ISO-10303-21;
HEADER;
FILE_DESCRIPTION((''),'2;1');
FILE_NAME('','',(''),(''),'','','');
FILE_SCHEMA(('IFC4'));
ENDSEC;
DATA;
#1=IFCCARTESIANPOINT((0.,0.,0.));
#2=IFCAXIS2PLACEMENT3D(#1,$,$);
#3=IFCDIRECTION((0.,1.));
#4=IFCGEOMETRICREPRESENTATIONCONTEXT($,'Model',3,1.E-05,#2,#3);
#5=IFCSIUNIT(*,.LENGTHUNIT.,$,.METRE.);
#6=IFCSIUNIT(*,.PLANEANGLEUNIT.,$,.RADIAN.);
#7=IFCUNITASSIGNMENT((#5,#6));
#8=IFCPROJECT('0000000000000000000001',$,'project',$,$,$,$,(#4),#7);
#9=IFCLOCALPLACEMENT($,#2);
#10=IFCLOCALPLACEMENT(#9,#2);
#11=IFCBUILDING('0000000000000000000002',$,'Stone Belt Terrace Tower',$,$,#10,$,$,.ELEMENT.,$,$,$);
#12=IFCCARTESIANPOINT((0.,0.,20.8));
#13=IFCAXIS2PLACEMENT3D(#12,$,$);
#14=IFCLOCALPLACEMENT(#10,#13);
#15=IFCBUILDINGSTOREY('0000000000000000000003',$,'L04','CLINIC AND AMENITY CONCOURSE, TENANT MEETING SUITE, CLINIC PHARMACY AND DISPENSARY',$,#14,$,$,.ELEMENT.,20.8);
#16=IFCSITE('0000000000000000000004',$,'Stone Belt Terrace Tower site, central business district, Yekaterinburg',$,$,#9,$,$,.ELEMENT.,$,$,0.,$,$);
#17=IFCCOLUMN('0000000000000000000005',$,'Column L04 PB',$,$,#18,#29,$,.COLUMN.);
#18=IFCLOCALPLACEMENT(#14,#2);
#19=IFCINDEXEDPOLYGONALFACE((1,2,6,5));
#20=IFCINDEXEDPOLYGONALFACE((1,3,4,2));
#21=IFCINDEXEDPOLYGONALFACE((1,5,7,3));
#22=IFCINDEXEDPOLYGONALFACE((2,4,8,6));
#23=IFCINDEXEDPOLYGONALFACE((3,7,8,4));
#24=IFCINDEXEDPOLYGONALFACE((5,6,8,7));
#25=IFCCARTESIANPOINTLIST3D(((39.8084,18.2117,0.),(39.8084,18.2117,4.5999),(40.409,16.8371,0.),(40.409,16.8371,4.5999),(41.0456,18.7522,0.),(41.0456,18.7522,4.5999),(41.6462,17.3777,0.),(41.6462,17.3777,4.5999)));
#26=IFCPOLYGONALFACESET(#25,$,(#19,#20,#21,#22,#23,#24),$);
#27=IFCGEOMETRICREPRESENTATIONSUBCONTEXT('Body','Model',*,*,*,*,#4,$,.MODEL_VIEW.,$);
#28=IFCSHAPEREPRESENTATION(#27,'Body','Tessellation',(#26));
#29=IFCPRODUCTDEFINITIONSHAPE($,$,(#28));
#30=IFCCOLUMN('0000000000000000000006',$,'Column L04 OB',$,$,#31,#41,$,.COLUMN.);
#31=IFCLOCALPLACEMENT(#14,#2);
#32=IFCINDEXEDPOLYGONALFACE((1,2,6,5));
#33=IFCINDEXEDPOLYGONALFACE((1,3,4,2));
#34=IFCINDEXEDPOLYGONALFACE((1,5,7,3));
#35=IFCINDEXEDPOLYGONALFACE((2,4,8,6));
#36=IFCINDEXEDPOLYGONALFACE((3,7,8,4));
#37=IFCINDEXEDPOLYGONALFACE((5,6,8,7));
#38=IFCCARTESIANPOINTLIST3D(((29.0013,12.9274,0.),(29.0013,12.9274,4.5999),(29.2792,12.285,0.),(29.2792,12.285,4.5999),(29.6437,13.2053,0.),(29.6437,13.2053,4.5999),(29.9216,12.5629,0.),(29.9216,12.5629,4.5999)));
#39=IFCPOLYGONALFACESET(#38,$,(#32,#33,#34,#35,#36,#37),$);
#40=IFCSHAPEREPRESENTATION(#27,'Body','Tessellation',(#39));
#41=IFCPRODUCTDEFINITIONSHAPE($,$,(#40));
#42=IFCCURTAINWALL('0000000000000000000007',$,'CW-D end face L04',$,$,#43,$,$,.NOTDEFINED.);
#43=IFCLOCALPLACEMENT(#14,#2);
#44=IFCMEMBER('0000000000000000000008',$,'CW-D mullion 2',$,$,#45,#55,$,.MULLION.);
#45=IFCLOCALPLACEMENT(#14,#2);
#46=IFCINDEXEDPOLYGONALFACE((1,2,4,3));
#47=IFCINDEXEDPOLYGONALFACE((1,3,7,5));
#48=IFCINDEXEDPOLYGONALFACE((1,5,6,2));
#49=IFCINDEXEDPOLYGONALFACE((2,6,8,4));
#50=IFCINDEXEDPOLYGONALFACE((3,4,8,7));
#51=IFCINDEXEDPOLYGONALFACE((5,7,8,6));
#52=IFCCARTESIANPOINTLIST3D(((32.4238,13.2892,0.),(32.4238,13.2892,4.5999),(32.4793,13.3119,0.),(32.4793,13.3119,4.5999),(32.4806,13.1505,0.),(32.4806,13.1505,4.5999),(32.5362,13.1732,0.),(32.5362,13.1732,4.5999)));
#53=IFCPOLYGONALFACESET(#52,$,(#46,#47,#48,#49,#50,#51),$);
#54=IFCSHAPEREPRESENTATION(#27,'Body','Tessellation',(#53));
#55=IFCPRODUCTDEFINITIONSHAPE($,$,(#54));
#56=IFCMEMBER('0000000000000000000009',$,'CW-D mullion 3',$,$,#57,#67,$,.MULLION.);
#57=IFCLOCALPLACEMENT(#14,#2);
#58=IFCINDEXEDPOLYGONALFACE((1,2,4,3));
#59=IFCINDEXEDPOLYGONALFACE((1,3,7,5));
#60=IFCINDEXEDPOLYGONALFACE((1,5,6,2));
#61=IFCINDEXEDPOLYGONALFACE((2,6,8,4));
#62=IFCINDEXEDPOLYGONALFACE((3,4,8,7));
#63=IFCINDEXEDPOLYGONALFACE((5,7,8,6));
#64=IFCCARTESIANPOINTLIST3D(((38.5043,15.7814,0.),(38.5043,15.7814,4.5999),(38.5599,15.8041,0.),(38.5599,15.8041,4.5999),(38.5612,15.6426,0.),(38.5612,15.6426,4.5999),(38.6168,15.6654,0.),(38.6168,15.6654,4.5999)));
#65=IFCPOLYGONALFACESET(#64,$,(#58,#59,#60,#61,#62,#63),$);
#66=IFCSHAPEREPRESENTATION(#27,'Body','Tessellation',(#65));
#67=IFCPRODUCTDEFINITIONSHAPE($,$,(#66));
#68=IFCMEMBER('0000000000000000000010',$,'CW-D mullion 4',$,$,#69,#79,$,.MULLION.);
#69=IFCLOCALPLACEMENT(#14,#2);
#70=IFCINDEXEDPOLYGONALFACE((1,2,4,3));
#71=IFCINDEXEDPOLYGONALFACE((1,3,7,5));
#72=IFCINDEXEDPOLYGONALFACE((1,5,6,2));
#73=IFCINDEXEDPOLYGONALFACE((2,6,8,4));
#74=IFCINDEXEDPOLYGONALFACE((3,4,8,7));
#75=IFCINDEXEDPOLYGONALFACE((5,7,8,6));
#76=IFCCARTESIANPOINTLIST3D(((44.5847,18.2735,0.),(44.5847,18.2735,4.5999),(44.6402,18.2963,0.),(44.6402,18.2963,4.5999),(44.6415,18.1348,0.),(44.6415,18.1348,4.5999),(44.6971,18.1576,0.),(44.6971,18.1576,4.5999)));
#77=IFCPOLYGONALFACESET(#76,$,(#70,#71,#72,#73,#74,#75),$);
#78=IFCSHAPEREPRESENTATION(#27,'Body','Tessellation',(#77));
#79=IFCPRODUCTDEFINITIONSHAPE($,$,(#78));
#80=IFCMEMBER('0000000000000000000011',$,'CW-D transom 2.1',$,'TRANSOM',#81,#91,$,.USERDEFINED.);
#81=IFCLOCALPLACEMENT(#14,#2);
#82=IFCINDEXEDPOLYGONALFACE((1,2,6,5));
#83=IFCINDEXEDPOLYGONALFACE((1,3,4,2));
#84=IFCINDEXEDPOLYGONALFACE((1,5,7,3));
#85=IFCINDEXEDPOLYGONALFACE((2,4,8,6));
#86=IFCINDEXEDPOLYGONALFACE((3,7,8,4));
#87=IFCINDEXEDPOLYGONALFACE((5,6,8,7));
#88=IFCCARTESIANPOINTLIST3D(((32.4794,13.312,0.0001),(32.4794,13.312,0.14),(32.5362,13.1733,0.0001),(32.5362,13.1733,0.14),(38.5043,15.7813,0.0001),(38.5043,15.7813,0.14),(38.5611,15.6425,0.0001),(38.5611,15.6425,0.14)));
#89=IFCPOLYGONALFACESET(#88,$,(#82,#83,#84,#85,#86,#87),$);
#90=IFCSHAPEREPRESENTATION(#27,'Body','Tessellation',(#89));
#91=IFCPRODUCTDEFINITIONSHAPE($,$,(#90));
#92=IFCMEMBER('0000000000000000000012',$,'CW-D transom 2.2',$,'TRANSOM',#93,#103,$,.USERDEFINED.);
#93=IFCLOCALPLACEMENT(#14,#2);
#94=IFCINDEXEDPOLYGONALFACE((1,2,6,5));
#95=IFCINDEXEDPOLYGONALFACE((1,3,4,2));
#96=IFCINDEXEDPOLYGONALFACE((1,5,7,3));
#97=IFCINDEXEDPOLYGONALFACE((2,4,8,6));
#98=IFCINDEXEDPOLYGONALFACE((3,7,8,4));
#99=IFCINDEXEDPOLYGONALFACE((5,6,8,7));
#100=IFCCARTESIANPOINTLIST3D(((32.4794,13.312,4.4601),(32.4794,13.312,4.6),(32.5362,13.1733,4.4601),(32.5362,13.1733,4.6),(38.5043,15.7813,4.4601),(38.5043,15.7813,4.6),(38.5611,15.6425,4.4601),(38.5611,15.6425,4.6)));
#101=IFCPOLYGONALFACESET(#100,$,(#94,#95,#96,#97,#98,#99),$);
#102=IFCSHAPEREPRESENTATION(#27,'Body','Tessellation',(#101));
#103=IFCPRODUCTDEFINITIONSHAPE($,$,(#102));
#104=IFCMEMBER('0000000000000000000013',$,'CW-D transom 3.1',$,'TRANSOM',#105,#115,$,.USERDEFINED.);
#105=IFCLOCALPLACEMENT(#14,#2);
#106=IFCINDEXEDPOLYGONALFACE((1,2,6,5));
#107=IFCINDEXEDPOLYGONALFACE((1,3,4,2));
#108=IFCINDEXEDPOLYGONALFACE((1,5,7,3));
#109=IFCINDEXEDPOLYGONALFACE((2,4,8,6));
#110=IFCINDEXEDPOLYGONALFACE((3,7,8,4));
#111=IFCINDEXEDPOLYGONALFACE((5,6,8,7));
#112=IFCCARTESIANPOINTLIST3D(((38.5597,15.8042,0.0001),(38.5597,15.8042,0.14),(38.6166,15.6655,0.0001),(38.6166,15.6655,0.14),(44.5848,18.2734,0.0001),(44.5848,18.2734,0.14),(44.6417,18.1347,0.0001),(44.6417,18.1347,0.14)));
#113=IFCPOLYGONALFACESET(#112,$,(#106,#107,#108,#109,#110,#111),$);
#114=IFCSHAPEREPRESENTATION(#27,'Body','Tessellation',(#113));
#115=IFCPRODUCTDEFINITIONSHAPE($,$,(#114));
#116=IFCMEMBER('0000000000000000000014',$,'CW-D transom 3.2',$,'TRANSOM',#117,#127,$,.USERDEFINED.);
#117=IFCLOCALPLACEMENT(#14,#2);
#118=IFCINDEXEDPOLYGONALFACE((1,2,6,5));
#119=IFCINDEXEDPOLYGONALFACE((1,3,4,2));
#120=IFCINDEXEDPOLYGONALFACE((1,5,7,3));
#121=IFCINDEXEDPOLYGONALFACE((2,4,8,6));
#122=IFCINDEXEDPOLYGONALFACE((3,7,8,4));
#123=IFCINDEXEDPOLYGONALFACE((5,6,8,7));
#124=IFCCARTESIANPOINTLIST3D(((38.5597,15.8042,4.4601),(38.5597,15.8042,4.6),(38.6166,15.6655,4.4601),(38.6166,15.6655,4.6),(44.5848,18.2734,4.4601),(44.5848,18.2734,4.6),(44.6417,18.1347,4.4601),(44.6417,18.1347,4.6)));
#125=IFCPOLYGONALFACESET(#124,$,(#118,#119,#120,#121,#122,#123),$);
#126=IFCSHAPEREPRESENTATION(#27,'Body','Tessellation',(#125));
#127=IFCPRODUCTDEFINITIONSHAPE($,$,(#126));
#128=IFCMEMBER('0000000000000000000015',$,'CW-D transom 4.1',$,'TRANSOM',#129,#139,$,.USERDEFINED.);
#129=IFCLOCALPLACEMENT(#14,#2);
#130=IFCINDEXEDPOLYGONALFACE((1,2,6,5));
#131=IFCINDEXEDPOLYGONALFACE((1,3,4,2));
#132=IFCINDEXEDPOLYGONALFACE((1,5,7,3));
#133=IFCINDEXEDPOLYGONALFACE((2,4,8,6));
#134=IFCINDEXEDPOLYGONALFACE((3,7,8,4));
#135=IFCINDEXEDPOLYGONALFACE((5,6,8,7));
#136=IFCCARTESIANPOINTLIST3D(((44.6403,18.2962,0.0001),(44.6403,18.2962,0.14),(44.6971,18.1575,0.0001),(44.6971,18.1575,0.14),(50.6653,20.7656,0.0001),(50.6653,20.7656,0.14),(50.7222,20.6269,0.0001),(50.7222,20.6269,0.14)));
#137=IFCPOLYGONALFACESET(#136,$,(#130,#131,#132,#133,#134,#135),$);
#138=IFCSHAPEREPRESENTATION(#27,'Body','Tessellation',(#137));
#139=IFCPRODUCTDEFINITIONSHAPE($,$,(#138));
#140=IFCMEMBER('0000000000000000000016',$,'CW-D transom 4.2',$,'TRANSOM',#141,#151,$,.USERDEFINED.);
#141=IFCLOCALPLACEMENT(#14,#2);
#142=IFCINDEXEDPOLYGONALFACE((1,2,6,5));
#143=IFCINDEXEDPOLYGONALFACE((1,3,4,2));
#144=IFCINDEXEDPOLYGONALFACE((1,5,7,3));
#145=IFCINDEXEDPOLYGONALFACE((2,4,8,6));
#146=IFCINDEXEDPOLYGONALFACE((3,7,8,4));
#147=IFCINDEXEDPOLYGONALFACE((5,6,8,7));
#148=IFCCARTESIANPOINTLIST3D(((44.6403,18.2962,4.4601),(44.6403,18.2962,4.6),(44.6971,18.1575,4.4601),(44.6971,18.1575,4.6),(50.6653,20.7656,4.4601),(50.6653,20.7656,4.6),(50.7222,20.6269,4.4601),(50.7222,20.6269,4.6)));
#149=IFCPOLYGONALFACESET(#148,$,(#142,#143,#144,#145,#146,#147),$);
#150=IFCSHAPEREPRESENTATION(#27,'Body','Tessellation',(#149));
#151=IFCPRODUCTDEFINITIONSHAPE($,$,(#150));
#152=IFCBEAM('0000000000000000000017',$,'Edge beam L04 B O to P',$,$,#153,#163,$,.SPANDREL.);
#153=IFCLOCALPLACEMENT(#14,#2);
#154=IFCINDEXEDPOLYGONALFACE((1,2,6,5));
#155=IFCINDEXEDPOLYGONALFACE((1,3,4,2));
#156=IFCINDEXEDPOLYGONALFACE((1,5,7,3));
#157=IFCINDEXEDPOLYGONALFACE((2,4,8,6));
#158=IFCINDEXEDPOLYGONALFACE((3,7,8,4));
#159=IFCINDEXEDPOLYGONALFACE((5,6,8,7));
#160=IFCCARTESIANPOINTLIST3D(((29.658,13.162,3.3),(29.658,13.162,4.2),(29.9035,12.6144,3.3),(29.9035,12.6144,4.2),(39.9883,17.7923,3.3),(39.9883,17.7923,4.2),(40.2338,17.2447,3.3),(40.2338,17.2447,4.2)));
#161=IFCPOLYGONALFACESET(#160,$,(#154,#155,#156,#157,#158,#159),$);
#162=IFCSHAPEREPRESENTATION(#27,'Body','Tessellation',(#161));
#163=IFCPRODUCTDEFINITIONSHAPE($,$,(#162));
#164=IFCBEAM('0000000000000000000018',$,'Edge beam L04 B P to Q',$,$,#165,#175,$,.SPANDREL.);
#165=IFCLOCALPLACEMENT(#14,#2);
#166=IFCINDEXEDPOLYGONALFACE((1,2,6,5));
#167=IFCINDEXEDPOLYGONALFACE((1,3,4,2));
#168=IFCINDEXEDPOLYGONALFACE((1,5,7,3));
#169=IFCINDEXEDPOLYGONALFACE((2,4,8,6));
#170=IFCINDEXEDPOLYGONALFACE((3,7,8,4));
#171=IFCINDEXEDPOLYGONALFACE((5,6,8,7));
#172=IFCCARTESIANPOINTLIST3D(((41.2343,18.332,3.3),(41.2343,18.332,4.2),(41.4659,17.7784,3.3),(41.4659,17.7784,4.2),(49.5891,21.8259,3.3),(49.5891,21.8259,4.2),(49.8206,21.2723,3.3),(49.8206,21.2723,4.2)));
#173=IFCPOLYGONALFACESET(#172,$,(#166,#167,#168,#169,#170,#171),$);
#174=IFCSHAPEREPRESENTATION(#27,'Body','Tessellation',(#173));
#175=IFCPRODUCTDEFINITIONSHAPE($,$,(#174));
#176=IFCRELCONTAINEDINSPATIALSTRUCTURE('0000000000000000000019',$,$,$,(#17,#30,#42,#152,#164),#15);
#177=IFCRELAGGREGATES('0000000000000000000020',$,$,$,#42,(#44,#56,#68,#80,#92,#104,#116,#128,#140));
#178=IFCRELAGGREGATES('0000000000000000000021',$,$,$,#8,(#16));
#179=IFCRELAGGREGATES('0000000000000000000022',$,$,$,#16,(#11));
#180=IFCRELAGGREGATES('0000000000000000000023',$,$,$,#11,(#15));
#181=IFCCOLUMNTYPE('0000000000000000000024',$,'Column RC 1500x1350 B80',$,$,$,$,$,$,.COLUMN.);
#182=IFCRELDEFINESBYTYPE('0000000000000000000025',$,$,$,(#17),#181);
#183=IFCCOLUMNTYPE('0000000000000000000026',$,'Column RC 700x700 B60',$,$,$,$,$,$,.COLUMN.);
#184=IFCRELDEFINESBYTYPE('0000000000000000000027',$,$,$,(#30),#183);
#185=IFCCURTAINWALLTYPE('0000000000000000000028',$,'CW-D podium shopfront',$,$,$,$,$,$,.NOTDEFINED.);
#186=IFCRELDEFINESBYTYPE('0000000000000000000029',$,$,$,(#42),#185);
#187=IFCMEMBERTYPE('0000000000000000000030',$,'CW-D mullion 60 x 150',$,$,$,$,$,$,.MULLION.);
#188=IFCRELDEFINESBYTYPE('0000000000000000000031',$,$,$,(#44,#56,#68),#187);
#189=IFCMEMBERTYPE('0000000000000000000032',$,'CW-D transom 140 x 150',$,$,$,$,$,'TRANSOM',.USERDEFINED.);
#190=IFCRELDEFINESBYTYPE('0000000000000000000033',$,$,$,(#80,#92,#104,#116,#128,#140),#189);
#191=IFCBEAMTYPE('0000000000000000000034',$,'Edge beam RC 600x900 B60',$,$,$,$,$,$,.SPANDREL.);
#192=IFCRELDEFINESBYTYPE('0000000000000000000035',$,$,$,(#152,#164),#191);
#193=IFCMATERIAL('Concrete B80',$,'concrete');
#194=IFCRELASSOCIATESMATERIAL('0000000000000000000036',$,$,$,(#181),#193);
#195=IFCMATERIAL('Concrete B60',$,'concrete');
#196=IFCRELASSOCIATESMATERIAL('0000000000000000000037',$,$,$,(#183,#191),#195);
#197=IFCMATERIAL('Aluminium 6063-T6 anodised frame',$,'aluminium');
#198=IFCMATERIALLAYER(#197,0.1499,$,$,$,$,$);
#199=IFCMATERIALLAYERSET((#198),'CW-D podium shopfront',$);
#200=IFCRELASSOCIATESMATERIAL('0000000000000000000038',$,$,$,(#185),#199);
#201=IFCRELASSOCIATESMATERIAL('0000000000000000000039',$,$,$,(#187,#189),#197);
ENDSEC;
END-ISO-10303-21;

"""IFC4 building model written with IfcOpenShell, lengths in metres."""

from ifc_helpers import new_model, si_unit, direction, frame, origin, origin_2d, place, context, subcontext, project, spatial, rectangle, extrude, material, layer, layer_set, material_profile, profile_set, type_object, element, aggregate, save


model = new_model("IFC4")

# Units and contexts
model_context = context("Model", 3, precision=1e-05, world=origin(), true_north=direction((0.0, 1.0)))
body_context = subcontext(model_context, "Body", "Model", "MODEL_VIEW")
ifc_project = project(units=[si_unit("LENGTHUNIT", "METRE"), si_unit("PLANEANGLEUNIT", "RADIAN")], contexts=[model_context])

# Site, building, storey
site_placement = place(None, origin())
site = spatial("IfcSite", under=ifc_project, at=site_placement, Name="Stone Belt Terrace Tower site, central business district, Yekaterinburg", CompositionType="ELEMENT", RefElevation=0.0)
building_placement = place(site_placement, origin())
building = spatial("IfcBuilding", under=site, at=building_placement, Name="Stone Belt Terrace Tower", CompositionType="ELEMENT")
storey_placement = place(building_placement, frame((0.0, 0.0, 20.8)))
storey = spatial("IfcBuildingStorey", under=building, at=storey_placement, Name="L04", Description="CLINIC AND AMENITY CONCOURSE, TENANT MEETING SUITE, CLINIC PHARMACY AND DISPENSARY", CompositionType="ELEMENT", Elevation=20.8)

# Columns
ifc_material_1 = material(Name="Concrete B80", Category="concrete")
ifc_material_profile_1 = material_profile(ifc_material_1, rectangle(XDim=1.5, YDim=1.3501, at=origin_2d()), Name="RC 1500x1350")
ifc_profile_set_1 = profile_set([ifc_material_profile_1], Name="Concrete B80")
column_type_1 = type_object("IfcColumnType", Name="Column RC 1500x1350 B80", PredefinedType="COLUMN", material=ifc_profile_set_1)
column_1_placement = place(storey_placement, frame((40.7273, 17.7947, 0.0), z_axis=(0.0, 0.0, 1.0), x_axis=(0.400376, -0.916351, 0.0)))
element("IfcColumn", 1, at=column_1_placement, inside=storey, type_object=column_type_1, Name="Column L04 PB", PredefinedType="COLUMN", context=body_context, shape_type="SweptSolid", body=[
    extrude(rectangle(XDim=1.5, YDim=1.3501, at=origin_2d()), origin(), (0.0, 0.0, 1.0), 4.5999),
])
ifc_material_2 = material(Name="Concrete B60", Category="concrete")
ifc_material_profile_2 = material_profile(ifc_material_2, rectangle(XDim=0.7, YDim=0.7, at=origin_2d()), Name="RC 700x700")
ifc_profile_set_2 = profile_set([ifc_material_profile_2], Name="Concrete B60")
column_type_2 = type_object("IfcColumnType", Name="Column RC 700x700 B60", PredefinedType="COLUMN", material=ifc_profile_set_2)
column_2_placement = place(storey_placement, frame((29.4614, 12.7451, 0.0), z_axis=(0.0, 0.0, 1.0), x_axis=(0.397044, -0.9178, 0.0)))
element("IfcColumn", 2, at=column_2_placement, inside=storey, type_object=column_type_2, Name="Column L04 OB", PredefinedType="COLUMN", context=body_context, shape_type="SweptSolid", body=[
    extrude(rectangle(XDim=0.7, YDim=0.7, at=origin_2d()), origin(), (0.0, 0.0, 1.0), 4.5999),
])

# Curtain wall, members
ifc_material_3 = material(Name="Aluminium 6063-T6 anodised frame", Category="aluminium")
ifc_layer_1 = layer(ifc_material_3, 0.1499)
ifc_layer_set_1 = layer_set([ifc_layer_1], Name="CW-D podium shopfront")
curtain_wall_type = type_object("IfcCurtainWallType", Name="CW-D podium shopfront", PredefinedType="NOTDEFINED", material=ifc_layer_set_1)
curtain_wall_placement = place(storey_placement, origin())
curtain_wall = element("IfcCurtainWall", 3, at=curtain_wall_placement, inside=storey, type_object=curtain_wall_type, Name="CW-D end face L04", PredefinedType="NOTDEFINED")
ifc_material_profile_3 = material_profile(ifc_material_3, rectangle(XDim=0.1499, YDim=0.0601, at=origin_2d()), Name="Aluminium 6063-T6 60x150")
ifc_profile_set_3 = profile_set([ifc_material_profile_3], Name="Aluminium 6063-T6 anodised frame")
member_type_1 = type_object("IfcMemberType", Name="CW-D mullion 60 x 150", PredefinedType="MULLION", material=ifc_profile_set_3)
member_1_placement = place(storey_placement, frame((32.48, 13.2312, 0.0), z_axis=(0.0, 0.0, 1.0), x_axis=(-0.379243, 0.925297, 0.0)))
member_1 = element("IfcMember", 4, at=member_1_placement, type_object=member_type_1, Name="CW-D mullion 2", PredefinedType="MULLION", context=body_context, shape_type="SweptSolid", body=[
    extrude(rectangle(XDim=0.1499, YDim=0.0601, at=origin_2d()), origin(), (0.0, 0.0, 1.0), 4.5999),
])
member_2_placement = place(storey_placement, frame((38.5605, 15.7234, 0.0), z_axis=(0.0, 0.0, 1.0), x_axis=(-0.379243, 0.925297, 0.0)))
member_2 = element("IfcMember", 5, at=member_2_placement, type_object=member_type_1, Name="CW-D mullion 3", PredefinedType="MULLION", context=body_context, shape_type="SweptSolid", body=[
    extrude(rectangle(XDim=0.1499, YDim=0.0601, at=origin_2d()), origin(), (0.0, 0.0, 1.0), 4.5999),
])
member_3_placement = place(storey_placement, frame((44.6409, 18.2156, 0.0), z_axis=(0.0, 0.0, 1.0), x_axis=(-0.379243, 0.925297, 0.0)))
member_3 = element("IfcMember", 6, at=member_3_placement, type_object=member_type_1, Name="CW-D mullion 4", PredefinedType="MULLION", context=body_context, shape_type="SweptSolid", body=[
    extrude(rectangle(XDim=0.1499, YDim=0.0601, at=origin_2d()), origin(), (0.0, 0.0, 1.0), 4.5999),
])
ifc_material_profile_4 = material_profile(ifc_material_3, rectangle(XDim=0.1499, YDim=0.1399, at=origin_2d()), Name="Aluminium 6063-T6 150x140")
ifc_profile_set_4 = profile_set([ifc_material_profile_4], Name="Aluminium 6063-T6 anodised frame")
member_type_2 = type_object("IfcMemberType", Name="CW-D transom 140 x 150", ElementType="TRANSOM", PredefinedType="USERDEFINED", material=ifc_profile_set_4)
member_4_placement = place(storey_placement, frame((32.5078, 13.2427, 0.0701), z_axis=(0.925304, 0.379226, 0.0), x_axis=(-0.379226, 0.925304, 0.0)))
member_4 = element("IfcMember", 7, at=member_4_placement, type_object=member_type_2, Name="CW-D transom 2.1", ObjectType="TRANSOM", PredefinedType="USERDEFINED", context=body_context, shape_type="SweptSolid", body=[
    extrude(rectangle(XDim=0.1499, YDim=0.1399, at=origin_2d()), origin(), (0.0, 0.0, 1.0), 6.5112),
])
member_5_placement = place(storey_placement, frame((32.5078, 13.2427, 4.53), z_axis=(0.925304, 0.379226, 0.0), x_axis=(-0.379226, 0.925304, 0.0)))
member_5 = element("IfcMember", 8, at=member_5_placement, type_object=member_type_2, Name="CW-D transom 2.2", ObjectType="TRANSOM", PredefinedType="USERDEFINED", context=body_context, shape_type="SweptSolid", body=[
    extrude(rectangle(XDim=0.1499, YDim=0.1399, at=origin_2d()), origin(), (0.0, 0.0, 1.0), 6.5112),
])
member_6_placement = place(storey_placement, frame((38.5881, 15.7349, 0.0701), z_axis=(0.92531, 0.379212, 0.0), x_axis=(-0.379212, 0.92531, 0.0)))
member_6 = element("IfcMember", 9, at=member_6_placement, type_object=member_type_2, Name="CW-D transom 3.1", ObjectType="TRANSOM", PredefinedType="USERDEFINED", context=body_context, shape_type="SweptSolid", body=[
    extrude(rectangle(XDim=0.1499, YDim=0.1399, at=origin_2d()), origin(), (0.0, 0.0, 1.0), 6.5115),
])
member_7_placement = place(storey_placement, frame((38.5881, 15.7349, 4.53), z_axis=(0.92531, 0.379212, 0.0), x_axis=(-0.379212, 0.92531, 0.0)))
member_7 = element("IfcMember", 10, at=member_7_placement, type_object=member_type_2, Name="CW-D transom 3.2", ObjectType="TRANSOM", PredefinedType="USERDEFINED", context=body_context, shape_type="SweptSolid", body=[
    extrude(rectangle(XDim=0.1499, YDim=0.1399, at=origin_2d()), origin(), (0.0, 0.0, 1.0), 6.5115),
])
member_8_placement = place(storey_placement, frame((44.6687, 18.2268, 0.0701), z_axis=(0.925297, 0.379244, 0.0), x_axis=(-0.379244, 0.925297, 0.0)))
member_8 = element("IfcMember", 11, at=member_8_placement, type_object=member_type_2, Name="CW-D transom 4.1", ObjectType="TRANSOM", PredefinedType="USERDEFINED", context=body_context, shape_type="SweptSolid", body=[
    extrude(rectangle(XDim=0.1499, YDim=0.1399, at=origin_2d()), origin(), (0.0, 0.0, 1.0), 6.5115),
])
member_9_placement = place(storey_placement, frame((44.6687, 18.2268, 4.53), z_axis=(0.925297, 0.379244, 0.0), x_axis=(-0.379244, 0.925297, 0.0)))
member_9 = element("IfcMember", 12, at=member_9_placement, type_object=member_type_2, Name="CW-D transom 4.2", ObjectType="TRANSOM", PredefinedType="USERDEFINED", context=body_context, shape_type="SweptSolid", body=[
    extrude(rectangle(XDim=0.1499, YDim=0.1399, at=origin_2d()), origin(), (0.0, 0.0, 1.0), 6.5115),
])

# Beams
ifc_material_profile_5 = material_profile(ifc_material_2, rectangle(XDim=0.6001, YDim=0.8999, at=origin_2d()), Name="RC 600x900")
ifc_profile_set_5 = profile_set([ifc_material_profile_5], Name="Concrete B60")
beam_type = type_object("IfcBeamType", Name="Edge beam RC 600x900 B60", PredefinedType="SPANDREL", material=ifc_profile_set_5)
beam_1_placement = place(storey_placement, frame((29.7808, 12.8882, 3.75), z_axis=(0.912525, 0.409022, 0.0), x_axis=(-0.409022, 0.912525, 0.0)))
element("IfcBeam", 13, at=beam_1_placement, inside=storey, type_object=beam_type, Name="Edge beam L04 B O to P", PredefinedType="SPANDREL", context=body_context, shape_type="SweptSolid", body=[
    extrude(rectangle(XDim=0.6001, YDim=0.8999, at=origin_2d()), origin(), (0.0, 0.0, 1.0), 11.3206),
])
beam_2_placement = place(storey_placement, frame((41.3501, 18.0552, 3.75), z_axis=(0.922576, 0.385815, 0.0), x_axis=(-0.385815, 0.922576, 0.0)))
element("IfcBeam", 14, at=beam_2_placement, inside=storey, type_object=beam_type, Name="Edge beam L04 B P to Q", PredefinedType="SPANDREL", context=body_context, shape_type="SweptSolid", body=[
    extrude(rectangle(XDim=0.6001, YDim=0.8999, at=origin_2d()), origin(), (0.0, 0.0, 1.0), 9.0559),
])

aggregate(curtain_wall, [member_1, member_2, member_3, member_4, member_5, member_6, member_7, member_8, member_9])

save(model, "model.ifc")
